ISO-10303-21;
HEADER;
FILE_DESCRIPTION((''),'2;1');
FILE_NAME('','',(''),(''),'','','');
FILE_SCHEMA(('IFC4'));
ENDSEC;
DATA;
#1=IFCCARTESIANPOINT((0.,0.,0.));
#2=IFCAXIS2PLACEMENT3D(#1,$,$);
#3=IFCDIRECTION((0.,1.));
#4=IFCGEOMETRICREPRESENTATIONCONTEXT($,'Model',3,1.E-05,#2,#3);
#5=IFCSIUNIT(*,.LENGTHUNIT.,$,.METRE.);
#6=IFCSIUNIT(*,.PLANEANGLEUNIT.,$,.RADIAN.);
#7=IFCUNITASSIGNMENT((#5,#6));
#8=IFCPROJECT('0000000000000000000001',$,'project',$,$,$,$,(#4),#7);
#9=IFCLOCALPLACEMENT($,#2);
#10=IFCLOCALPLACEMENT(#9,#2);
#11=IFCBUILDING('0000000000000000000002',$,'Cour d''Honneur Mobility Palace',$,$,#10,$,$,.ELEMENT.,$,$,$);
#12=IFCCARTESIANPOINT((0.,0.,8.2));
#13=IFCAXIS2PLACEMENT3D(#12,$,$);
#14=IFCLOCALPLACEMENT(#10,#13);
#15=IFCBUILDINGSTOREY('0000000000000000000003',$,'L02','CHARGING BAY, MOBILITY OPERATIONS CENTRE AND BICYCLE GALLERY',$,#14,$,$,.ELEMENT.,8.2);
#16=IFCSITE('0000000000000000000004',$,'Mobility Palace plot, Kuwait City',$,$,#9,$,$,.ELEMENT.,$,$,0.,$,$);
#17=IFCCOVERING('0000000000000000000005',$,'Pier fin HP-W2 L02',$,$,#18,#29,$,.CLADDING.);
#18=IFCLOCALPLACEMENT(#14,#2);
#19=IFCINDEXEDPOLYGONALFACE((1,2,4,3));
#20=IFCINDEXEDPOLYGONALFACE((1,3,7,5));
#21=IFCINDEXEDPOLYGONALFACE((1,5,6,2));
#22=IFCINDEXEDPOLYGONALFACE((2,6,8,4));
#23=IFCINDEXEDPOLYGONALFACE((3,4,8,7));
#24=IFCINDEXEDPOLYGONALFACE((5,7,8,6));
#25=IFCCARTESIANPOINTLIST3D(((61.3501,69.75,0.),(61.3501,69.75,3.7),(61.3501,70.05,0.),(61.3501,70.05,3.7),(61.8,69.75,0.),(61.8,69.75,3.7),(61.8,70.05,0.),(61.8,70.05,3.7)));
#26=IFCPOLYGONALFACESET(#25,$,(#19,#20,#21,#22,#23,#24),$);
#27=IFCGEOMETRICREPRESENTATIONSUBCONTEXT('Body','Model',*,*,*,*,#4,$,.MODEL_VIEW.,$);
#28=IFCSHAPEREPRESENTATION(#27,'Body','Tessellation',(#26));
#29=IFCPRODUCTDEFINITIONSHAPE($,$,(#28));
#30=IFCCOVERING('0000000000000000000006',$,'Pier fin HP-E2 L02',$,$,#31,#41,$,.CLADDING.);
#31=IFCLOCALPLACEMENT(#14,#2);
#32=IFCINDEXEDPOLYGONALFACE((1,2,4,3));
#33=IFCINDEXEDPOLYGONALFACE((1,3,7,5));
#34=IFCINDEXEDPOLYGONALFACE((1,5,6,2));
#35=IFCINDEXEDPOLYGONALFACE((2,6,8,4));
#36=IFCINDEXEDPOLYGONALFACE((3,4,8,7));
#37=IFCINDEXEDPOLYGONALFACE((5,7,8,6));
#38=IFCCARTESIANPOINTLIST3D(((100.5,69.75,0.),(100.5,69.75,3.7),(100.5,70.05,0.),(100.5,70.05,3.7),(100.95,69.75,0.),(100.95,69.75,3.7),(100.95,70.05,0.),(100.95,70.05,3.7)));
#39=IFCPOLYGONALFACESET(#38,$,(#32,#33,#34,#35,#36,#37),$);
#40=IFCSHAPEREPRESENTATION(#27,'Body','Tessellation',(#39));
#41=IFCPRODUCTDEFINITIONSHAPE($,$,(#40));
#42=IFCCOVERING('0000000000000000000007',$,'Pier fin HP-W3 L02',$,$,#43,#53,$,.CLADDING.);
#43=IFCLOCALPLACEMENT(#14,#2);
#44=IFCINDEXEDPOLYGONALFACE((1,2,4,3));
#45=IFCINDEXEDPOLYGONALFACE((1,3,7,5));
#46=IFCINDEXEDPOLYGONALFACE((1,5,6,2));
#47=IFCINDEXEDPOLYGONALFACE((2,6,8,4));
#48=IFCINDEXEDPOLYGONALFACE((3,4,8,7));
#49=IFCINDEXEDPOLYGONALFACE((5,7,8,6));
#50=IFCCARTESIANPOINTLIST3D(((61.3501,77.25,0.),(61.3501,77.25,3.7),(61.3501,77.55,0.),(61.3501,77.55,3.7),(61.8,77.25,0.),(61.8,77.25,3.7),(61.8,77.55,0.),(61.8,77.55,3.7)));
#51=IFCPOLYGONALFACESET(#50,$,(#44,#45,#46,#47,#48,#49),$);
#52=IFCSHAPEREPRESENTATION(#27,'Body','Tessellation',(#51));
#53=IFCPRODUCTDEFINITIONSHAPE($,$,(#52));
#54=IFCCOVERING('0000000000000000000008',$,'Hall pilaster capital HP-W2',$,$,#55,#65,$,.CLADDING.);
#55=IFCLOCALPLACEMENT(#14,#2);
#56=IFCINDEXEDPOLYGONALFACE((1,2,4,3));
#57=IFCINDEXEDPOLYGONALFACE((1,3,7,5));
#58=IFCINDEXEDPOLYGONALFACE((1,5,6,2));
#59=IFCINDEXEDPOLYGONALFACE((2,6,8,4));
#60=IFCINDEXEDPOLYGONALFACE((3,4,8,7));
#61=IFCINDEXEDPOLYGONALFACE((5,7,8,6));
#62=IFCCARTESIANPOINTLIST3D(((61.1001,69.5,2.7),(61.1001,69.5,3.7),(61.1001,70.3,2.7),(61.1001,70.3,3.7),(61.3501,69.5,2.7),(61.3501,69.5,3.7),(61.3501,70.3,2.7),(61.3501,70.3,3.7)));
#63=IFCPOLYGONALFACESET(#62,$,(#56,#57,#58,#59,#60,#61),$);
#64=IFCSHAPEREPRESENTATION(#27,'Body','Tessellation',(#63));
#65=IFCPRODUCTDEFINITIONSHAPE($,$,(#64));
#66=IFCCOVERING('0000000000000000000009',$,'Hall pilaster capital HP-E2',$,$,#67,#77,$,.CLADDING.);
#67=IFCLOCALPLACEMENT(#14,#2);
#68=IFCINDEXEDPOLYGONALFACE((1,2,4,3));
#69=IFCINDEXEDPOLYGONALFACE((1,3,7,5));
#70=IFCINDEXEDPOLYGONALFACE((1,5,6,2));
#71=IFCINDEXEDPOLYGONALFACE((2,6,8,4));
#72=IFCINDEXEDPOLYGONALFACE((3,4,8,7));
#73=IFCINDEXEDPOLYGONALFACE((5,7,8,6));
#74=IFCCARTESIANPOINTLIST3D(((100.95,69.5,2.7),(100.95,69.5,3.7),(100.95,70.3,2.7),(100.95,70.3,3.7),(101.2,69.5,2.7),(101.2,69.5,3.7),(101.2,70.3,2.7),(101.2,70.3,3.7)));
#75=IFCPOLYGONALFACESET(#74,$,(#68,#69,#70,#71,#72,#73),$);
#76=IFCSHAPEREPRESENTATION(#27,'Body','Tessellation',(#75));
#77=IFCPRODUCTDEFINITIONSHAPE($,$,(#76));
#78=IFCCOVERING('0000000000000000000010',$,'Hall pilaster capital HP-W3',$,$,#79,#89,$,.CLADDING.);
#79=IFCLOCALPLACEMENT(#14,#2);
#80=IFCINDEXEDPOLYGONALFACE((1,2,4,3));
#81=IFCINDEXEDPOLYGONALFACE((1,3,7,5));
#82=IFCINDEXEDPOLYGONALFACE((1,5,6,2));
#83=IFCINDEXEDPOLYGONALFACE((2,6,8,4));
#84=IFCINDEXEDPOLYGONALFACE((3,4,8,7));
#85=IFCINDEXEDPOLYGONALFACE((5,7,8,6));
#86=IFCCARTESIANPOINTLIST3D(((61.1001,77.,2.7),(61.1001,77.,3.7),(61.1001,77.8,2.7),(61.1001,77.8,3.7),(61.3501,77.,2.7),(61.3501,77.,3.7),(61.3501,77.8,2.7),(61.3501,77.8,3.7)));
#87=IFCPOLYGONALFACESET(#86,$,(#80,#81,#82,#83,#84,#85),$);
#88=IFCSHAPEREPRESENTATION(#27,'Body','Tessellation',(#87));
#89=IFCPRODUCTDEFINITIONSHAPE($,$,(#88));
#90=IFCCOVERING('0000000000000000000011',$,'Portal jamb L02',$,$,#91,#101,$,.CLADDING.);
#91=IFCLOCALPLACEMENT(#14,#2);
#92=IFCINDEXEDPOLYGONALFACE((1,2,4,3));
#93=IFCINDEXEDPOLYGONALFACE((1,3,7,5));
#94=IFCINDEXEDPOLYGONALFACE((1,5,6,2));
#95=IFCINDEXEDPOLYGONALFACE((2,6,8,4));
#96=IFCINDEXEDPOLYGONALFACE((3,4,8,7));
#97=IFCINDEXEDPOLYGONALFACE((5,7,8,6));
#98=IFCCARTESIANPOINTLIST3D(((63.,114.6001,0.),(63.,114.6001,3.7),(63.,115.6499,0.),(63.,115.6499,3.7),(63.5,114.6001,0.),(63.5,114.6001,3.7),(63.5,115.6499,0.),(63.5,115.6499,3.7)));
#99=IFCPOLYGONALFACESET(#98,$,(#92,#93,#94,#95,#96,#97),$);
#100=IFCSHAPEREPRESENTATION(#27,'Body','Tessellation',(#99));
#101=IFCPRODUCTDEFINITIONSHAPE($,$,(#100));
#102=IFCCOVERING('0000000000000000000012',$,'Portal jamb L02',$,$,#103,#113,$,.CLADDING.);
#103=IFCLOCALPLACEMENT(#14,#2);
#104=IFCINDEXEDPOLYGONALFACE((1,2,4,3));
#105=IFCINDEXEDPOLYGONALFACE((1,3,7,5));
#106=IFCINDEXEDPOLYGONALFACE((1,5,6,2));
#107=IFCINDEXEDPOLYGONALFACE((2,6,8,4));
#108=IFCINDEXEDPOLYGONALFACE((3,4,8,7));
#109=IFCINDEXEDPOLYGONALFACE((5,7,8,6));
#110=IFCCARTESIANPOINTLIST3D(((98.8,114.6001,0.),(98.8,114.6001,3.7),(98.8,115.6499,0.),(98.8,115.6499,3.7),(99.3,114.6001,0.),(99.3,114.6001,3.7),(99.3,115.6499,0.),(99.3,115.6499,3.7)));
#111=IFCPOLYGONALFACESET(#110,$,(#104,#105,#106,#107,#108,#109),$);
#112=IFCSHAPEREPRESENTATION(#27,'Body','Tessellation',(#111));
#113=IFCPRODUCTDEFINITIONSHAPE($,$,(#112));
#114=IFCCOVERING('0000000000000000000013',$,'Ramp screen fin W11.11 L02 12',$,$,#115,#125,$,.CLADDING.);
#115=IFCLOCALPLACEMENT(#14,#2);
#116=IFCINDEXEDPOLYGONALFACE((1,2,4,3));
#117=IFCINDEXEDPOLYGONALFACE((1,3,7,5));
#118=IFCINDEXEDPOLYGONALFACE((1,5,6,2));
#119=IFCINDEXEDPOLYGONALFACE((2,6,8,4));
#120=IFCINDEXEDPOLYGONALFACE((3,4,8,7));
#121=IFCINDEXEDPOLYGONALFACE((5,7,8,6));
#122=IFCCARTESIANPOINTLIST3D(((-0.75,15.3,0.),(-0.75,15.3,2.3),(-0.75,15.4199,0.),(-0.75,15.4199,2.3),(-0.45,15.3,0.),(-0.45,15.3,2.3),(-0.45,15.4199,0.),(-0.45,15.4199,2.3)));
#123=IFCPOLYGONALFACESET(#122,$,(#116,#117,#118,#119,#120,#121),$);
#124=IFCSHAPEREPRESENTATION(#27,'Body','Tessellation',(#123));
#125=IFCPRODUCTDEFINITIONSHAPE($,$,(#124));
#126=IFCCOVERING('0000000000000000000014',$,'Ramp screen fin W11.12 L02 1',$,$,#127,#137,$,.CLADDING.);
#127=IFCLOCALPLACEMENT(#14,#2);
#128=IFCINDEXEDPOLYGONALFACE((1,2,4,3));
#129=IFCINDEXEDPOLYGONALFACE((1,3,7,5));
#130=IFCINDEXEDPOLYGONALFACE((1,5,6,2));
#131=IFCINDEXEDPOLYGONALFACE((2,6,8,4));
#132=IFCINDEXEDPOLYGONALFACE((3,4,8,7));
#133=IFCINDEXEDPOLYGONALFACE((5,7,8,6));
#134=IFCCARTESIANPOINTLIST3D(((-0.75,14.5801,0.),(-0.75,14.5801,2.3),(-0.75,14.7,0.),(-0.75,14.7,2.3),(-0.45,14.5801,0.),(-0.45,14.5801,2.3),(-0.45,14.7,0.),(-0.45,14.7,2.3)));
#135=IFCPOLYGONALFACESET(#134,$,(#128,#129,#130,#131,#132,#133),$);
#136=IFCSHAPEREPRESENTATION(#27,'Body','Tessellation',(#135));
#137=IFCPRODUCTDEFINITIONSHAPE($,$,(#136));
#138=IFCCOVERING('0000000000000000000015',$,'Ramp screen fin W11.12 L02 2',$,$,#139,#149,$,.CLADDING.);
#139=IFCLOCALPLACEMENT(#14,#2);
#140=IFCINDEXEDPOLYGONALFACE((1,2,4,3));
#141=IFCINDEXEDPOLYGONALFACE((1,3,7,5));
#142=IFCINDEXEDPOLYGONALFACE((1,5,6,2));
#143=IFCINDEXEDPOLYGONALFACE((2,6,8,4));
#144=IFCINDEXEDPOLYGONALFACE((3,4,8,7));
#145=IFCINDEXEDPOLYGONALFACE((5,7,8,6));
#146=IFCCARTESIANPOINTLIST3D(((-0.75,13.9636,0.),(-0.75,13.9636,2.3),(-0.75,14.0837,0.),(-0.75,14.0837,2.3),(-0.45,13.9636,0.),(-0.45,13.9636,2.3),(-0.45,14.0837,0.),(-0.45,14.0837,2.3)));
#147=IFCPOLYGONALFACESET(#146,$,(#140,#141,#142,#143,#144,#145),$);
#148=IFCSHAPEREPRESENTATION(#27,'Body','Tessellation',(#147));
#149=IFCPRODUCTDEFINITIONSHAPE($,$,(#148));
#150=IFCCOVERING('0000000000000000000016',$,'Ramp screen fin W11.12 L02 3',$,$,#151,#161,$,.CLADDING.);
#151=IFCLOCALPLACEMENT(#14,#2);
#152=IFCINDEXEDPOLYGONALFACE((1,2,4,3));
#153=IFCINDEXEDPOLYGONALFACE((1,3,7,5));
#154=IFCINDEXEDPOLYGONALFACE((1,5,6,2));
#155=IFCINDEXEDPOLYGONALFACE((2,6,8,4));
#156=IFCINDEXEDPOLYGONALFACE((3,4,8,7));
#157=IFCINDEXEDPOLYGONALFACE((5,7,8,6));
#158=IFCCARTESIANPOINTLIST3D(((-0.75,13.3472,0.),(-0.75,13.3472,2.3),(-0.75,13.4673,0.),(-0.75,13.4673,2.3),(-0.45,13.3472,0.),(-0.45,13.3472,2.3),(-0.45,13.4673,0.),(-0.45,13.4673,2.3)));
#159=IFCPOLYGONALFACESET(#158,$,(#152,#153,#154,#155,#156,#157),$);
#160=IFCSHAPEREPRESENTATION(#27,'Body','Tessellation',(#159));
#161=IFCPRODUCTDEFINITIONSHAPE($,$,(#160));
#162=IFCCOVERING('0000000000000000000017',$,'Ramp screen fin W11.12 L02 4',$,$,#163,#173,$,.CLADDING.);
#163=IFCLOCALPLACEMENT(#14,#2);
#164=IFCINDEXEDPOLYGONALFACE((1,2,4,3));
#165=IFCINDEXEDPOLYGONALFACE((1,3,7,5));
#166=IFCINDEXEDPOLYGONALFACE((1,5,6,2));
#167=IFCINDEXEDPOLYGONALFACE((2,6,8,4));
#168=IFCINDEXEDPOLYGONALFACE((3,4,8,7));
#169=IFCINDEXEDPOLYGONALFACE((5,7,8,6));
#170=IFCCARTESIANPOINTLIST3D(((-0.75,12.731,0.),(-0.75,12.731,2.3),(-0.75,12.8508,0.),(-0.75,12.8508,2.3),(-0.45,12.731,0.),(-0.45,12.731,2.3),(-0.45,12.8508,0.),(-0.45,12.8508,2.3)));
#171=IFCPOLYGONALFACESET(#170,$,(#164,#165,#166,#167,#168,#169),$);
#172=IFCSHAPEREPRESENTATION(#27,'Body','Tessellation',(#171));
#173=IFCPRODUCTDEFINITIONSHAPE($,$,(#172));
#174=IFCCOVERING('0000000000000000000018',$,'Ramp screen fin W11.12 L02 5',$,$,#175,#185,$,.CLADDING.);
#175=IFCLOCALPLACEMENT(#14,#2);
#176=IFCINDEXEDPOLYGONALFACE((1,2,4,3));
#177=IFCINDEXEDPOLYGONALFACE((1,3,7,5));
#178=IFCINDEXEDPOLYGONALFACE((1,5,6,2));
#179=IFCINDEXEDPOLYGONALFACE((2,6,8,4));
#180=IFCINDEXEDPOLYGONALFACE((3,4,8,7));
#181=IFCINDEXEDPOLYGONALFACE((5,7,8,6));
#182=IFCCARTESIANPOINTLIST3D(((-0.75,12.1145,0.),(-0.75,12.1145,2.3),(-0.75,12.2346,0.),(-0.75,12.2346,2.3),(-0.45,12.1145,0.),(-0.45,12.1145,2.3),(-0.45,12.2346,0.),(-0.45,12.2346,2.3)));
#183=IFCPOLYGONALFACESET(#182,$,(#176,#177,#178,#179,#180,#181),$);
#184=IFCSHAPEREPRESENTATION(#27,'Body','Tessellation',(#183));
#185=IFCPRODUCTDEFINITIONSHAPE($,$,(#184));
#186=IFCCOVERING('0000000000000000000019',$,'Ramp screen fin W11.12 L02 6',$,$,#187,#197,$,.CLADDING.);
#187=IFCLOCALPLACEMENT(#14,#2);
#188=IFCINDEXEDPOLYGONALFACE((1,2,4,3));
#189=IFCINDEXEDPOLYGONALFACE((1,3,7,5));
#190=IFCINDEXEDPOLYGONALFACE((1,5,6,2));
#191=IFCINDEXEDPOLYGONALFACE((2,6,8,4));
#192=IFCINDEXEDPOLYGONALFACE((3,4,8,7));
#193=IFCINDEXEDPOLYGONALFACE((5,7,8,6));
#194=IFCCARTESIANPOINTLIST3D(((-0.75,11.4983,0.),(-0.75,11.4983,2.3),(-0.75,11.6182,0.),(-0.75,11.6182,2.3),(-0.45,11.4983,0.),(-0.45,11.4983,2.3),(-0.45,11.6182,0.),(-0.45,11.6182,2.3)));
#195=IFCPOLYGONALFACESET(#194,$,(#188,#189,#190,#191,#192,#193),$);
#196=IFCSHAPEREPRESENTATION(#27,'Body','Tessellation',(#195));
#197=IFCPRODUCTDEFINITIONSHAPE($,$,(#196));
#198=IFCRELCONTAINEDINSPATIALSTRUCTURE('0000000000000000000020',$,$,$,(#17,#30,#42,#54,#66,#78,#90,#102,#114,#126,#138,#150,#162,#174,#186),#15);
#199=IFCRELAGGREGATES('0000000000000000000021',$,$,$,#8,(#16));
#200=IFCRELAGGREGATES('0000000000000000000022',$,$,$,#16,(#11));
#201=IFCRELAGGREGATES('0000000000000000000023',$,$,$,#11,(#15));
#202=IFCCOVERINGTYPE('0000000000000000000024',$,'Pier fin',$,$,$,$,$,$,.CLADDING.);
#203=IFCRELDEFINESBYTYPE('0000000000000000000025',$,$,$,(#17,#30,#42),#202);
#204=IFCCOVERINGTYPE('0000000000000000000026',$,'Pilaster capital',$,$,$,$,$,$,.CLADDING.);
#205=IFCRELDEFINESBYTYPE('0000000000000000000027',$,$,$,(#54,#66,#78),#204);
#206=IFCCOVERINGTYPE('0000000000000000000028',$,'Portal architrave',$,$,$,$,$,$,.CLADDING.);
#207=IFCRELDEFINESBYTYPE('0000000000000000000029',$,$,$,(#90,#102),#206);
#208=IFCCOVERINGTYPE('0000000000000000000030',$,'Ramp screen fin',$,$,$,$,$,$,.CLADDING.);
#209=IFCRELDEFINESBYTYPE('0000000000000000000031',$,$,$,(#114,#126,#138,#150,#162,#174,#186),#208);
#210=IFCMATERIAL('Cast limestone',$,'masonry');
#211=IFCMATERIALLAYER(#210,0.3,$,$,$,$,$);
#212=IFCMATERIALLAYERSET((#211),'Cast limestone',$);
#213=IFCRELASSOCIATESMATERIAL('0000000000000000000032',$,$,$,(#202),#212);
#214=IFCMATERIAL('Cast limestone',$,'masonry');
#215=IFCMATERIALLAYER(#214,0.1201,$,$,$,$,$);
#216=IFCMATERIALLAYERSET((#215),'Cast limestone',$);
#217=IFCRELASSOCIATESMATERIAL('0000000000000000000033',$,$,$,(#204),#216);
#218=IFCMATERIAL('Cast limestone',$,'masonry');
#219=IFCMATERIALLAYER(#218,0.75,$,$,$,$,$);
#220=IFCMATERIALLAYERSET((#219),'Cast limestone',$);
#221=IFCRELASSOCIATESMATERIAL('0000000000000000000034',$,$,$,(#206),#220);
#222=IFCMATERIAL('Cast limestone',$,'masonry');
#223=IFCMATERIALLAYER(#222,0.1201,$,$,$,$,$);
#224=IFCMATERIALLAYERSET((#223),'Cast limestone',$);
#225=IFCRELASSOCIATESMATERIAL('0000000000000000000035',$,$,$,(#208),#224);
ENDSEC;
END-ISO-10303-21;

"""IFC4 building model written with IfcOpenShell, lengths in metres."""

from ifc_helpers import new_model, si_unit, direction, frame, origin, place, context, subcontext, project, spatial, polyline, outline, extrude, material, layer, layer_set, type_object, element, save


model = new_model("IFC4")

# Units and contexts
model_context = context("Model", 3, precision=1e-05, world=origin(), true_north=direction((0.0, 1.0)))
body_context = subcontext(model_context, "Body", "Model", "MODEL_VIEW")
ifc_project = project(units=[si_unit("LENGTHUNIT", "METRE"), si_unit("PLANEANGLEUNIT", "RADIAN")], contexts=[model_context])

# Site, building, storey
site_placement = place(None, origin())
site = spatial("IfcSite", under=ifc_project, at=site_placement, Name="Mobility Palace plot, Kuwait City", CompositionType="ELEMENT", RefElevation=0.0)
building_placement = place(site_placement, origin())
building = spatial("IfcBuilding", under=site, at=building_placement, Name="Cour d'Honneur Mobility Palace", CompositionType="ELEMENT")
storey_placement = place(building_placement, frame((0.0, 0.0, 8.2)))
storey = spatial("IfcBuildingStorey", under=building, at=storey_placement, Name="L02", Description="CHARGING BAY, MOBILITY OPERATIONS CENTRE AND BICYCLE GALLERY", CompositionType="ELEMENT", Elevation=8.2)

# Coverings
ifc_material_1 = material(Name="Cast limestone", Category="masonry")
ifc_layer_1 = layer(ifc_material_1, 0.3)
ifc_layer_set_1 = layer_set([ifc_layer_1], Name="Cast limestone")
covering_type_1 = type_object("IfcCoveringType", Name="Pier fin", PredefinedType="CLADDING", material=ifc_layer_set_1)
covering_1_placement = place(storey_placement, origin())
element("IfcCovering", 1, at=covering_1_placement, inside=storey, type_object=covering_type_1, Name="Pier fin HP-W2 L02", PredefinedType="CLADDING", context=body_context, shape_type="SweptSolid", body=[
    extrude(outline(polyline([(61.3501, 69.75), (61.8, 69.75), (61.8, 70.05), (61.3501, 70.05), (61.3501, 69.75)])), origin(), (0.0, 0.0, 1.0), 3.7),
])
covering_2_placement = place(storey_placement, origin())
element("IfcCovering", 2, at=covering_2_placement, inside=storey, type_object=covering_type_1, Name="Pier fin HP-E2 L02", PredefinedType="CLADDING", context=body_context, shape_type="SweptSolid", body=[
    extrude(outline(polyline([(100.5, 69.75), (100.95, 69.75), (100.95, 70.05), (100.5, 70.05), (100.5, 69.75)])), origin(), (0.0, 0.0, 1.0), 3.7),
])
covering_3_placement = place(storey_placement, origin())
element("IfcCovering", 3, at=covering_3_placement, inside=storey, type_object=covering_type_1, Name="Pier fin HP-W3 L02", PredefinedType="CLADDING", context=body_context, shape_type="SweptSolid", body=[
    extrude(outline(polyline([(61.3501, 77.25), (61.8, 77.25), (61.8, 77.55), (61.3501, 77.55), (61.3501, 77.25)])), origin(), (0.0, 0.0, 1.0), 3.7),
])
ifc_material_2 = material(Name="Cast limestone", Category="masonry")
ifc_layer_2 = layer(ifc_material_2, 0.1201)
ifc_layer_set_2 = layer_set([ifc_layer_2], Name="Cast limestone")
covering_type_2 = type_object("IfcCoveringType", Name="Pilaster capital", PredefinedType="CLADDING", material=ifc_layer_set_2)
covering_4_placement = place(storey_placement, frame((0.0, 0.0, 2.7)))
element("IfcCovering", 4, at=covering_4_placement, inside=storey, type_object=covering_type_2, Name="Hall pilaster capital HP-W2", PredefinedType="CLADDING", context=body_context, shape_type="SweptSolid", body=[
    extrude(outline(polyline([(61.1001, 69.5), (61.3501, 69.5), (61.3501, 70.3), (61.1001, 70.3), (61.1001, 69.5)])), origin(), (0.0, 0.0, 1.0), 1.0),
])
covering_5_placement = place(storey_placement, frame((0.0, 0.0, 2.7)))
element("IfcCovering", 5, at=covering_5_placement, inside=storey, type_object=covering_type_2, Name="Hall pilaster capital HP-E2", PredefinedType="CLADDING", context=body_context, shape_type="SweptSolid", body=[
    extrude(outline(polyline([(100.95, 69.5), (101.2, 69.5), (101.2, 70.3), (100.95, 70.3), (100.95, 69.5)])), origin(), (0.0, 0.0, 1.0), 1.0),
])
covering_6_placement = place(storey_placement, frame((0.0, 0.0, 2.7)))
element("IfcCovering", 6, at=covering_6_placement, inside=storey, type_object=covering_type_2, Name="Hall pilaster capital HP-W3", PredefinedType="CLADDING", context=body_context, shape_type="SweptSolid", body=[
    extrude(outline(polyline([(61.1001, 77.0), (61.3501, 77.0), (61.3501, 77.8), (61.1001, 77.8), (61.1001, 77.0)])), origin(), (0.0, 0.0, 1.0), 1.0),
])
ifc_material_3 = material(Name="Cast limestone", Category="masonry")
ifc_layer_3 = layer(ifc_material_3, 0.75)
ifc_layer_set_3 = layer_set([ifc_layer_3], Name="Cast limestone")
covering_type_3 = type_object("IfcCoveringType", Name="Portal architrave", PredefinedType="CLADDING", material=ifc_layer_set_3)
covering_7_placement = place(storey_placement, origin())
element("IfcCovering", 7, at=covering_7_placement, inside=storey, type_object=covering_type_3, Name="Portal jamb L02", PredefinedType="CLADDING", context=body_context, shape_type="SweptSolid", body=[
    extrude(outline(polyline([(63.0, 114.6001), (63.5, 114.6001), (63.5, 115.6499), (63.0, 115.6499), (63.0, 114.6001)])), origin(), (0.0, 0.0, 1.0), 3.7),
])
covering_8_placement = place(storey_placement, origin())
element("IfcCovering", 8, at=covering_8_placement, inside=storey, type_object=covering_type_3, Name="Portal jamb L02", PredefinedType="CLADDING", context=body_context, shape_type="SweptSolid", body=[
    extrude(outline(polyline([(98.8, 114.6001), (99.3, 114.6001), (99.3, 115.6499), (98.8, 115.6499), (98.8, 114.6001)])), origin(), (0.0, 0.0, 1.0), 3.7),
])
ifc_material_4 = material(Name="Cast limestone", Category="masonry")
ifc_layer_4 = layer(ifc_material_4, 0.1201)
ifc_layer_set_4 = layer_set([ifc_layer_4], Name="Cast limestone")
covering_type_4 = type_object("IfcCoveringType", Name="Ramp screen fin", PredefinedType="CLADDING", material=ifc_layer_set_4)
covering_9_placement = place(storey_placement, origin())
element("IfcCovering", 9, at=covering_9_placement, inside=storey, type_object=covering_type_4, Name="Ramp screen fin W11.11 L02 12", PredefinedType="CLADDING", context=body_context, shape_type="SweptSolid", body=[
    extrude(outline(polyline([(-0.45, 15.4199), (-0.45, 15.3), (-0.75, 15.3), (-0.75, 15.4199), (-0.45, 15.4199)])), origin(), (0.0, 0.0, 1.0), 2.3),
])
covering_10_placement = place(storey_placement, origin())
element("IfcCovering", 10, at=covering_10_placement, inside=storey, type_object=covering_type_4, Name="Ramp screen fin W11.12 L02 1", PredefinedType="CLADDING", context=body_context, shape_type="SweptSolid", body=[
    extrude(outline(polyline([(-0.45, 14.7), (-0.45, 14.5801), (-0.75, 14.5801), (-0.75, 14.7), (-0.45, 14.7)])), origin(), (0.0, 0.0, 1.0), 2.3),
])
covering_11_placement = place(storey_placement, origin())
element("IfcCovering", 11, at=covering_11_placement, inside=storey, type_object=covering_type_4, Name="Ramp screen fin W11.12 L02 2", PredefinedType="CLADDING", context=body_context, shape_type="SweptSolid", body=[
    extrude(outline(polyline([(-0.45, 14.0837), (-0.45, 13.9636), (-0.75, 13.9636), (-0.75, 14.0837), (-0.45, 14.0837)])), origin(), (0.0, 0.0, 1.0), 2.3),
])
covering_12_placement = place(storey_placement, origin())
element("IfcCovering", 12, at=covering_12_placement, inside=storey, type_object=covering_type_4, Name="Ramp screen fin W11.12 L02 3", PredefinedType="CLADDING", context=body_context, shape_type="SweptSolid", body=[
    extrude(outline(polyline([(-0.45, 13.4673), (-0.45, 13.3472), (-0.75, 13.3472), (-0.75, 13.4673), (-0.45, 13.4673)])), origin(), (0.0, 0.0, 1.0), 2.3),
])
covering_13_placement = place(storey_placement, origin())
element("IfcCovering", 13, at=covering_13_placement, inside=storey, type_object=covering_type_4, Name="Ramp screen fin W11.12 L02 4", PredefinedType="CLADDING", context=body_context, shape_type="SweptSolid", body=[
    extrude(outline(polyline([(-0.45, 12.8508), (-0.45, 12.731), (-0.75, 12.731), (-0.75, 12.8508), (-0.45, 12.8508)])), origin(), (0.0, 0.0, 1.0), 2.3),
])
covering_14_placement = place(storey_placement, origin())
element("IfcCovering", 14, at=covering_14_placement, inside=storey, type_object=covering_type_4, Name="Ramp screen fin W11.12 L02 5", PredefinedType="CLADDING", context=body_context, shape_type="SweptSolid", body=[
    extrude(outline(polyline([(-0.45, 12.2346), (-0.45, 12.1145), (-0.75, 12.1145), (-0.75, 12.2346), (-0.45, 12.2346)])), origin(), (0.0, 0.0, 1.0), 2.3),
])
covering_15_placement = place(storey_placement, origin())
element("IfcCovering", 15, at=covering_15_placement, inside=storey, type_object=covering_type_4, Name="Ramp screen fin W11.12 L02 6", PredefinedType="CLADDING", context=body_context, shape_type="SweptSolid", body=[
    extrude(outline(polyline([(-0.45, 11.6182), (-0.45, 11.4983), (-0.75, 11.4983), (-0.75, 11.6182), (-0.45, 11.6182)])), origin(), (0.0, 0.0, 1.0), 2.3),
])

save(model, "model.ifc")
